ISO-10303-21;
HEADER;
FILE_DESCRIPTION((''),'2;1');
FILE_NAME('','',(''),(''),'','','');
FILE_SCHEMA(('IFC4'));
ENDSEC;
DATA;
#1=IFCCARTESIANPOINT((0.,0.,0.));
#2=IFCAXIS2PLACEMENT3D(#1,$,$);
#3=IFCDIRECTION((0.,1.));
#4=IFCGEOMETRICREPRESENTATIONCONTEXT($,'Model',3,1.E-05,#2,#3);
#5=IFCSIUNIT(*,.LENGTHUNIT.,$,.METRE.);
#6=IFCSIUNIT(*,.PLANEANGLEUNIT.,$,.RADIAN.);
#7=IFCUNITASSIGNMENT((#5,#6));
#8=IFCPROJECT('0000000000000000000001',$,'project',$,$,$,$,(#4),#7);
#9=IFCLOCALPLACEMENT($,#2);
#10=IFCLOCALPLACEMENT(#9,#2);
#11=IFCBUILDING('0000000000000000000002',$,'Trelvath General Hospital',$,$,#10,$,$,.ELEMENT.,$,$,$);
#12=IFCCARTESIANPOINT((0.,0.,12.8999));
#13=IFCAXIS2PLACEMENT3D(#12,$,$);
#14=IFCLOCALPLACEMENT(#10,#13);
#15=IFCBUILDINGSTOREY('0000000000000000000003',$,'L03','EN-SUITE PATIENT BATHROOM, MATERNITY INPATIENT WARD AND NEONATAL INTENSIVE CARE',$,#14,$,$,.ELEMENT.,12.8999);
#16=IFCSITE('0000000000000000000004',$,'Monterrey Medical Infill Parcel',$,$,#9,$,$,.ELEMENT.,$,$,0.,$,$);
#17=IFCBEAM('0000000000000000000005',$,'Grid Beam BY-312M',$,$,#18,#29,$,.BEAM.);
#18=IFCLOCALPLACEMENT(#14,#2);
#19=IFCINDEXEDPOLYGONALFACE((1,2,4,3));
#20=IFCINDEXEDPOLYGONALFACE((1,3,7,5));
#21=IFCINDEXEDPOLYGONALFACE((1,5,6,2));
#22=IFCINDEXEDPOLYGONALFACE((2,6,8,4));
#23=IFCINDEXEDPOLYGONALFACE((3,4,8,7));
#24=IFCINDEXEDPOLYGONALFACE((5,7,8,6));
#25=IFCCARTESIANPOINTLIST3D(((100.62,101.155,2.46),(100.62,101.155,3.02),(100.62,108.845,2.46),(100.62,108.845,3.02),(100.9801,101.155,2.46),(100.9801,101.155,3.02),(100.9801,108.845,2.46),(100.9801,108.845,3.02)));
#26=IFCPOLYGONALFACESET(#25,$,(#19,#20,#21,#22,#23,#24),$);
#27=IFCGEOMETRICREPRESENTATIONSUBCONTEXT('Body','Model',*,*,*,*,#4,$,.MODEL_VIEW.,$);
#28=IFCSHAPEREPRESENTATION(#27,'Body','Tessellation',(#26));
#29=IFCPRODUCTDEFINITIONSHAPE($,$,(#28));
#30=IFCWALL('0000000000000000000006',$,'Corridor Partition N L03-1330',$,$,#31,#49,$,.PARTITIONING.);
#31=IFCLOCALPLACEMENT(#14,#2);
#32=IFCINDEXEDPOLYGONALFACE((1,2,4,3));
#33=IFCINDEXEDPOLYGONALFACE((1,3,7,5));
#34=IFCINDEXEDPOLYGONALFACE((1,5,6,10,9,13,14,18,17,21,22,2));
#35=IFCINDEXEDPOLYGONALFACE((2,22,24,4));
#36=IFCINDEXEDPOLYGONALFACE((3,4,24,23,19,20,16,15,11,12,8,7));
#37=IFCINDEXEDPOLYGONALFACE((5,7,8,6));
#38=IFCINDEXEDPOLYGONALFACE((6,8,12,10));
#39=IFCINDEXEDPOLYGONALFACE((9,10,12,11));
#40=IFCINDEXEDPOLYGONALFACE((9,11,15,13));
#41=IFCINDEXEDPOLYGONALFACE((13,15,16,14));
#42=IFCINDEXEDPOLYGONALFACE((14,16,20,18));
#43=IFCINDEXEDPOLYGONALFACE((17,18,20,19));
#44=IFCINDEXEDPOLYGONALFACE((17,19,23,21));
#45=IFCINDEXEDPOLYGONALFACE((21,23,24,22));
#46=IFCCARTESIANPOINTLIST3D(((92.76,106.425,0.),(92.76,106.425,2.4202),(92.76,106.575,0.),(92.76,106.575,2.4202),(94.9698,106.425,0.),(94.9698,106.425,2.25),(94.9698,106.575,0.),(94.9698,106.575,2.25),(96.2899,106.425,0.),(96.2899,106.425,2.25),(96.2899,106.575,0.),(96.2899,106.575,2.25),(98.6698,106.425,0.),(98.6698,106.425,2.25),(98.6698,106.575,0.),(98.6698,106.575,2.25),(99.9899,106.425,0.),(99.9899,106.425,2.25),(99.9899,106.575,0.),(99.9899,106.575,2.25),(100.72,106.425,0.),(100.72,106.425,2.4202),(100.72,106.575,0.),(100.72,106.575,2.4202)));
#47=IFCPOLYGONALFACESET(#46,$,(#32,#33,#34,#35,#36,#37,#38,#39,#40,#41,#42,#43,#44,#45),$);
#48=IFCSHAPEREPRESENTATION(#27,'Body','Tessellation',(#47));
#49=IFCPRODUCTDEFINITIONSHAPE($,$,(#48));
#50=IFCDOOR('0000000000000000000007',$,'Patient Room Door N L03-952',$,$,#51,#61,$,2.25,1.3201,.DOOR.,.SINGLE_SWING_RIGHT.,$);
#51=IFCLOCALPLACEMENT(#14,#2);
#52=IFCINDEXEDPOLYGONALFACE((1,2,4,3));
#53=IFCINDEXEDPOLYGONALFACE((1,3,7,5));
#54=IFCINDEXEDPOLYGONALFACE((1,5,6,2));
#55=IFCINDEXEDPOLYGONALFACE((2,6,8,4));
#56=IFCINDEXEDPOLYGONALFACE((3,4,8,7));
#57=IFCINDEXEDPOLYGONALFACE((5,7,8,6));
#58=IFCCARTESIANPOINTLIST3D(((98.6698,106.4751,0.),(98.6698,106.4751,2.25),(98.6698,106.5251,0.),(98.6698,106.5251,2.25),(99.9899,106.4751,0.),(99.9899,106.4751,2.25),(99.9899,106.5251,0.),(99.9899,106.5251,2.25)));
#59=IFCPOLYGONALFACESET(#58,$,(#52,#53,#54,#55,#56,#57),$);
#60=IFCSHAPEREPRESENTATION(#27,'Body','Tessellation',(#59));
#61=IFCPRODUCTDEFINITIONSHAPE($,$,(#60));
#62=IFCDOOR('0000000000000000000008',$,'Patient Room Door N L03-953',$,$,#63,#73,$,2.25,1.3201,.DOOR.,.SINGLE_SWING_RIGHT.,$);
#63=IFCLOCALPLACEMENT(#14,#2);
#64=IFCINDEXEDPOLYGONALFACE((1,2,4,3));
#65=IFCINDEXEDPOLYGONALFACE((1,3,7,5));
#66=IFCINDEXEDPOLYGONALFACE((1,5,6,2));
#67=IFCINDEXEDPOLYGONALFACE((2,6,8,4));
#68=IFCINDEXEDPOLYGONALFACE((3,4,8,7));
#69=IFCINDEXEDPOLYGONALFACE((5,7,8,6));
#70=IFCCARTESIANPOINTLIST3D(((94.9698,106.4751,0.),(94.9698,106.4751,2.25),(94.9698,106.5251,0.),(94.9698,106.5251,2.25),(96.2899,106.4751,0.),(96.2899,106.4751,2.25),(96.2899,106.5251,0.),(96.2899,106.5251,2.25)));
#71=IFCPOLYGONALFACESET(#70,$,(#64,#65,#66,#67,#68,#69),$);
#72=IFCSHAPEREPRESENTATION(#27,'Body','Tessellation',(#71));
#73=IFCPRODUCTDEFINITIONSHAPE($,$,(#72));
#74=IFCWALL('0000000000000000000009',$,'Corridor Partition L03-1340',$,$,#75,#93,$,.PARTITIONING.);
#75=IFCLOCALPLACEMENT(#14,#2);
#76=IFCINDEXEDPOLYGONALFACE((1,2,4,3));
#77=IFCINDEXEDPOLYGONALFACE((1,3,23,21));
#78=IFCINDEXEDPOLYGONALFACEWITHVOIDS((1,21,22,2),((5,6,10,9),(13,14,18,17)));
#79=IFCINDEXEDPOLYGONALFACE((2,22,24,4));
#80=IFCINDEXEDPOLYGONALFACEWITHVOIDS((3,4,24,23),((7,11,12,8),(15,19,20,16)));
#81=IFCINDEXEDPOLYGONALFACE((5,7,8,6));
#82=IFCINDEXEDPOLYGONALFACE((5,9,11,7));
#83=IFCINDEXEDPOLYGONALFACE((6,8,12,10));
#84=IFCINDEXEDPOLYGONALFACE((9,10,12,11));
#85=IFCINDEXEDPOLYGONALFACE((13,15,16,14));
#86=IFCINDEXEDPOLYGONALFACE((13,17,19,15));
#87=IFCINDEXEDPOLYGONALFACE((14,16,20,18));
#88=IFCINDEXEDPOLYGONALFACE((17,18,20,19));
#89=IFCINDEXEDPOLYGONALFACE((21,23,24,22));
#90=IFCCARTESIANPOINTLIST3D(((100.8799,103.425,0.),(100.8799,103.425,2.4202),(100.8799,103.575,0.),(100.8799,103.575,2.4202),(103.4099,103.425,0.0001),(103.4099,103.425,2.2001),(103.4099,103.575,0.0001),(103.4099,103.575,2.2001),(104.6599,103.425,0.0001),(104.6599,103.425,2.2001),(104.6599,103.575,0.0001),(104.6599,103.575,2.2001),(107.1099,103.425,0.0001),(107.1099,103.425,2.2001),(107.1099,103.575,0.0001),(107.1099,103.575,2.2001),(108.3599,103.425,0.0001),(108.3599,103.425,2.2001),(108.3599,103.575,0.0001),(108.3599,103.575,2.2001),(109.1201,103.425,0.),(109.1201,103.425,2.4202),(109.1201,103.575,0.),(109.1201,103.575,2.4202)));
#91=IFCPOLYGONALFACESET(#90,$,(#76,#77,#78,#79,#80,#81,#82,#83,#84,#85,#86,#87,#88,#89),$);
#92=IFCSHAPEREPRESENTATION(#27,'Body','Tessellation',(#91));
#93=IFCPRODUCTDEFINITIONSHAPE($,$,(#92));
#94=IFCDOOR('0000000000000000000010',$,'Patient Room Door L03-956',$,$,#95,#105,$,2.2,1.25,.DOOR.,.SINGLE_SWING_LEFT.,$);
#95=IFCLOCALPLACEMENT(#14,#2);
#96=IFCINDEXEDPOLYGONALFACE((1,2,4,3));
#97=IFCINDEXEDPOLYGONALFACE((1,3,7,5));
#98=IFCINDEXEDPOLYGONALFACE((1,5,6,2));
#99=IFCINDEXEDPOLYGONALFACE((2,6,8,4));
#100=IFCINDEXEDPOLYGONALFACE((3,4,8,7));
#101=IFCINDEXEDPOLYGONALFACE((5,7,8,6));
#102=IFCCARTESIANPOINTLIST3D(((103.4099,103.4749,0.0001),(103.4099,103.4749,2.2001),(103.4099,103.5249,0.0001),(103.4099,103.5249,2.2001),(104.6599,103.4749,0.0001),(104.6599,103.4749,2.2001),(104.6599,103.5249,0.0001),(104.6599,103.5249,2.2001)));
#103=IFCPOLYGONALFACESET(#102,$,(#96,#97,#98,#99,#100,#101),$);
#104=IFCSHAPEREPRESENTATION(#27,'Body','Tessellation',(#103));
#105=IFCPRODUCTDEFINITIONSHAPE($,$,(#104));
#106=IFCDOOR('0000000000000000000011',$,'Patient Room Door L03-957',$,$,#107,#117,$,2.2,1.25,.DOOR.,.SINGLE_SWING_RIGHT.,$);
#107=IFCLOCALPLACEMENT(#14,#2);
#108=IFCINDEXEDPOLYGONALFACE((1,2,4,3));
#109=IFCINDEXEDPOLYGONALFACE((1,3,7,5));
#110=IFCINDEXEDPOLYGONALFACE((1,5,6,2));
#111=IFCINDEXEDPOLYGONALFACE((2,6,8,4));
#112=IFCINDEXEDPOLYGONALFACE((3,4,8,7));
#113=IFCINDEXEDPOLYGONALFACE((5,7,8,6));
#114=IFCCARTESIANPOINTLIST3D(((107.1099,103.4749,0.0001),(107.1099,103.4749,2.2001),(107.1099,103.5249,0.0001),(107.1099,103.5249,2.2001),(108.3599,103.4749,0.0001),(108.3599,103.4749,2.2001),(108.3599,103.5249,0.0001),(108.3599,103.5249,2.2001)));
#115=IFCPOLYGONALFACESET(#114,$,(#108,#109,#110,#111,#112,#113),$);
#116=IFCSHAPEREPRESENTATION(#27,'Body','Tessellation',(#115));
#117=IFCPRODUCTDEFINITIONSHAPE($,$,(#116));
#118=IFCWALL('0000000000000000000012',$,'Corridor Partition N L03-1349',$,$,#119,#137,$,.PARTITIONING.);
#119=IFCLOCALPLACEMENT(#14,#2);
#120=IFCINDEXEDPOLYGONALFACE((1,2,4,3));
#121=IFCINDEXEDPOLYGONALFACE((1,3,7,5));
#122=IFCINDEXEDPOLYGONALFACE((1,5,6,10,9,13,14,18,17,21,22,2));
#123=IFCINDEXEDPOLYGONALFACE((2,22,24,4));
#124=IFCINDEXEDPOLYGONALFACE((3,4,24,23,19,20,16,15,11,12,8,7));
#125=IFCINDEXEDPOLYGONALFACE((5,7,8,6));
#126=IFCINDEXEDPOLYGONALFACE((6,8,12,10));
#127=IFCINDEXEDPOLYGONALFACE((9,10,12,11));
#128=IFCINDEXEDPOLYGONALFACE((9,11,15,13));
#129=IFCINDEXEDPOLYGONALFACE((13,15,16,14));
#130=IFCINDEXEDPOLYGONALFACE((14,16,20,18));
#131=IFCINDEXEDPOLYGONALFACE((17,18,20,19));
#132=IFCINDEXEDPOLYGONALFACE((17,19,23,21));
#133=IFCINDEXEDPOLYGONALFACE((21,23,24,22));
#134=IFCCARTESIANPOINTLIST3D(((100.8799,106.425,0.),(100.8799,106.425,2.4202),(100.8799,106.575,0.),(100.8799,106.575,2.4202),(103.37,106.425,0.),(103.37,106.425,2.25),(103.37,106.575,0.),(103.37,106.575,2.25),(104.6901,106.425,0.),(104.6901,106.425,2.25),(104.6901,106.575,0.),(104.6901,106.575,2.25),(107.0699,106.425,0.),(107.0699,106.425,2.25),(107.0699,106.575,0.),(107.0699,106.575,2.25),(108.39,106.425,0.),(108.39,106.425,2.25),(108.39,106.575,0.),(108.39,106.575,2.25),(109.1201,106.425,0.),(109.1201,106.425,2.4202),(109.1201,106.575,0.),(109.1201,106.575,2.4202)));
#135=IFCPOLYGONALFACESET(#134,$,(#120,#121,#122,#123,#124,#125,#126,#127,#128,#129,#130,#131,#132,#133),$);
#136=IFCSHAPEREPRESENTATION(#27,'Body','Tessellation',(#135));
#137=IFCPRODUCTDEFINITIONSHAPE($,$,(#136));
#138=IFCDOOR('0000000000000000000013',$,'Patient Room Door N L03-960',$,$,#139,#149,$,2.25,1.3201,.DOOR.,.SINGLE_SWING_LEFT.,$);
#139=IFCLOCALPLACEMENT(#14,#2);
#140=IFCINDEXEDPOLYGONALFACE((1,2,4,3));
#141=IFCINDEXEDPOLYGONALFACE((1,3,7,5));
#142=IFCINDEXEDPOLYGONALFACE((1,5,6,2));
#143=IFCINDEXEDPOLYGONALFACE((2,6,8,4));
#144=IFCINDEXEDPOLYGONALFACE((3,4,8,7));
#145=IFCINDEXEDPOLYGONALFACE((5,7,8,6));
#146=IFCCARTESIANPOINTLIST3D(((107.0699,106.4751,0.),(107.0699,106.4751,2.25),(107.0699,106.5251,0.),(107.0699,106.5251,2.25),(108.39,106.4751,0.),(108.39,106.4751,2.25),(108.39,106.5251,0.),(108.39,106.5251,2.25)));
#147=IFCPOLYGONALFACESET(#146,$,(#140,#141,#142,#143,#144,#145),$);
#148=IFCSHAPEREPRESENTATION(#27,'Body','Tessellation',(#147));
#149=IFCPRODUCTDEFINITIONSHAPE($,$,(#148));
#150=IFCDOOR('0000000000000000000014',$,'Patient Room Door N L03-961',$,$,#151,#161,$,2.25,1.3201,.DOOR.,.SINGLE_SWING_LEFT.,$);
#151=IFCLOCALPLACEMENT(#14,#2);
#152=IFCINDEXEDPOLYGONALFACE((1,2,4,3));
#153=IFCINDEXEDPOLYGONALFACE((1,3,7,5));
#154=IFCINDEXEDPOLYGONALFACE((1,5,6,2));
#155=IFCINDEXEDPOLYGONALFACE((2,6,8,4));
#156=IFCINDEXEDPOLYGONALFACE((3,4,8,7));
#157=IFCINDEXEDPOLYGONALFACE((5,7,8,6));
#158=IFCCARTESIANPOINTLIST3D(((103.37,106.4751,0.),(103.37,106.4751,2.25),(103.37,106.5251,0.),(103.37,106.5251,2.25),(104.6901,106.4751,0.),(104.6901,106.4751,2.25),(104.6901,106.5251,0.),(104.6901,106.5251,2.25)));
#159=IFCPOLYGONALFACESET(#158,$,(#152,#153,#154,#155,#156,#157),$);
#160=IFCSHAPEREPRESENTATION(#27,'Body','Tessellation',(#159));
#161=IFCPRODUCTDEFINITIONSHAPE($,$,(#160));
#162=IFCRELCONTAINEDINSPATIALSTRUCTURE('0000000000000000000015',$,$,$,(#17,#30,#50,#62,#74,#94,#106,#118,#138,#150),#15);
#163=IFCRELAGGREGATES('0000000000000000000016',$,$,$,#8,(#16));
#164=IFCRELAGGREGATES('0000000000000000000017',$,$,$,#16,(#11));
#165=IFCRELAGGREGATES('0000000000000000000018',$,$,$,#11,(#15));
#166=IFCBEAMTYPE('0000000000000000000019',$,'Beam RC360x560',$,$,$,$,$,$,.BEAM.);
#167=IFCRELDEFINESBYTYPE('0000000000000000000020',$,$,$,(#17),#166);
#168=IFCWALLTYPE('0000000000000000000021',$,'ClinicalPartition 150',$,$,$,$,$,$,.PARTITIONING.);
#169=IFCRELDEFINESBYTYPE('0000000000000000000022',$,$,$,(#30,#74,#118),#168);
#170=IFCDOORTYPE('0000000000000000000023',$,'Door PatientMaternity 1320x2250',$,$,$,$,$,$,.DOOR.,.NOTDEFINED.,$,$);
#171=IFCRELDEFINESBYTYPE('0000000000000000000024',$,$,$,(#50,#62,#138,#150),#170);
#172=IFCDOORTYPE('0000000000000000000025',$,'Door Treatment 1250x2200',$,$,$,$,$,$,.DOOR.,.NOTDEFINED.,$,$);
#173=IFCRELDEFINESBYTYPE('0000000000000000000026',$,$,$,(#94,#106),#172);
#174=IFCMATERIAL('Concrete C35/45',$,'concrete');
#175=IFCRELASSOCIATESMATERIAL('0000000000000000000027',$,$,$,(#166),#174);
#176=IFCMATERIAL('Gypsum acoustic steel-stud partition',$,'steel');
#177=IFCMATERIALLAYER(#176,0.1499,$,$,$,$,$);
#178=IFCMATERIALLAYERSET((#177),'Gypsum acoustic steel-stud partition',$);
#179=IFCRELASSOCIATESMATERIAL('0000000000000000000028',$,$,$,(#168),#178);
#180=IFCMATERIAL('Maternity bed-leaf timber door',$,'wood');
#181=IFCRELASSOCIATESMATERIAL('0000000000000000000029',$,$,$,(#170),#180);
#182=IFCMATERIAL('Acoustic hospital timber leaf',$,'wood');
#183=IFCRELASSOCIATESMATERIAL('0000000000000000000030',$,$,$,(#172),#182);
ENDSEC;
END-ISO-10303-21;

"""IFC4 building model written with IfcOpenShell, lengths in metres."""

from ifc_helpers import new_model, si_unit, direction, frame, frame_2d, origin, origin_2d, place, context, subcontext, project, spatial, rectangle, extrude, material, layer, layer_set, material_profile, profile_set, type_object, element, fill, save


model = new_model("IFC4")

# Units and contexts
model_context = context("Model", 3, precision=1e-05, world=origin(), true_north=direction((0.0, 1.0)))
body_context = subcontext(model_context, "Body", "Model", "MODEL_VIEW")
ifc_project = project(units=[si_unit("LENGTHUNIT", "METRE"), si_unit("PLANEANGLEUNIT", "RADIAN")], contexts=[model_context])

# Site, building, storey
site_placement = place(None, origin())
site = spatial("IfcSite", under=ifc_project, at=site_placement, Name="Monterrey Medical Infill Parcel", CompositionType="ELEMENT", RefElevation=0.0)
building_placement = place(site_placement, origin())
building = spatial("IfcBuilding", under=site, at=building_placement, Name="Trelvath General Hospital", CompositionType="ELEMENT")
storey_placement = place(building_placement, frame((0.0, 0.0, 12.8999)))
storey = spatial("IfcBuildingStorey", under=building, at=storey_placement, Name="L03", Description="EN-SUITE PATIENT BATHROOM, MATERNITY INPATIENT WARD AND NEONATAL INTENSIVE CARE", CompositionType="ELEMENT", Elevation=12.8999)

# Beam
ifc_material_1 = material(Name="Concrete C35/45", Category="concrete")
ifc_material_profile = material_profile(ifc_material_1, rectangle(XDim=0.3601, YDim=0.5601, at=origin_2d()), Name="RCB360x560")
ifc_profile_set = profile_set([ifc_material_profile], Name="Concrete C35/45")
beam_type = type_object("IfcBeamType", Name="Beam RC360x560", PredefinedType="BEAM", material=ifc_profile_set)
beam_placement = place(storey_placement, frame((100.8, 101.155, 2.74), z_axis=(0.0, 1.0, 0.0), x_axis=(-1.0, 0.0, 0.0)))
element("IfcBeam", 1, at=beam_placement, inside=storey, type_object=beam_type, Name="Grid Beam BY-312M", PredefinedType="BEAM", context=body_context, shape_type="SweptSolid", body=[
    extrude(rectangle(XDim=0.3601, YDim=0.5601, at=origin_2d()), origin(), (0.0, 0.0, 1.0), 7.6899),
])

# Walls, openings, doors
ifc_material_2 = material(Name="Gypsum acoustic steel-stud partition", Category="steel")
ifc_layer_1 = layer(ifc_material_2, 0.1499)
ifc_layer_set_1 = layer_set([ifc_layer_1], Name="Gypsum acoustic steel-stud partition")
wall_type_1 = type_object("IfcWallType", Name="ClinicalPartition 150", PredefinedType="PARTITIONING", material=ifc_layer_set_1)
wall_1_placement = place(storey_placement, frame((100.72, 106.5, 0.0), z_axis=(0.0, 0.0, 1.0), x_axis=(-1.0, 0.0, 0.0)))
wall_1 = element("IfcWall", 2, at=wall_1_placement, inside=storey, type_object=wall_type_1, Name="Corridor Partition N L03-1330", PredefinedType="PARTITIONING", context=body_context, shape_type="SweptSolid", body=[
    extrude(rectangle(XDim=7.96, YDim=0.1499, at=frame_2d((3.98, 0.0))), origin(), (0.0, 0.0, 1.0), 2.4202),
])
opening_1_placement = place(wall_1_placement, frame((0.73, 0.0, 0.0)))
opening_1 = element("IfcOpeningElement", 3, at=opening_1_placement, cuts=wall_1, PredefinedType="OPENING", context=body_context, shape_type="SweptSolid", body=[
    extrude(rectangle(XDim=1.3201, YDim=2.25, at=frame_2d((0.6602, 1.125))), frame((0.0, 0.085, 0.0), z_axis=(0.0, -1.0, 0.0), x_axis=(1.0, 0.0, 0.0)), (0.0, 0.0, 1.0), 0.1699),
])
opening_2_placement = place(wall_1_placement, frame((4.4299, 0.0, 0.0)))
opening_2 = element("IfcOpeningElement", 4, at=opening_2_placement, cuts=wall_1, PredefinedType="OPENING", context=body_context, shape_type="SweptSolid", body=[
    extrude(rectangle(XDim=1.3201, YDim=2.25, at=frame_2d((0.6602, 1.125))), frame((0.0, 0.085, 0.0), z_axis=(0.0, -1.0, 0.0), x_axis=(1.0, 0.0, 0.0)), (0.0, 0.0, 1.0), 0.1699),
])
ifc_material_3 = material(Name="Maternity bed-leaf timber door", Category="wood")
door_type_1 = type_object("IfcDoorType", Name="Door PatientMaternity 1320x2250", OperationType="NOTDEFINED", PredefinedType="DOOR", material=ifc_material_3)
door_1_placement = place(opening_1_placement, origin())
door_1 = element("IfcDoor", 5, at=door_1_placement, inside=storey, type_object=door_type_1, Name="Patient Room Door N L03-952", OperationType="SINGLE_SWING_RIGHT", OverallHeight=2.25, OverallWidth=1.3201, PredefinedType="DOOR", context=body_context, shape_type="SweptSolid", body=[
    extrude(rectangle(XDim=1.3201, YDim=2.25, at=frame_2d((0.6602, 1.125))), frame((0.0, 0.0249, 0.0), z_axis=(0.0, -1.0, 0.0), x_axis=(1.0, 0.0, 0.0)), (0.0, 0.0, 1.0), 0.05),
])
fill(opening_1, door_1)
door_2_placement = place(opening_2_placement, origin())
door_2 = element("IfcDoor", 6, at=door_2_placement, inside=storey, type_object=door_type_1, Name="Patient Room Door N L03-953", OperationType="SINGLE_SWING_RIGHT", OverallHeight=2.25, OverallWidth=1.3201, PredefinedType="DOOR", context=body_context, shape_type="SweptSolid", body=[
    extrude(rectangle(XDim=1.3201, YDim=2.25, at=frame_2d((0.6602, 1.125))), frame((0.0, 0.0249, 0.0), z_axis=(0.0, -1.0, 0.0), x_axis=(1.0, 0.0, 0.0)), (0.0, 0.0, 1.0), 0.05),
])
fill(opening_2, door_2)
wall_2_placement = place(storey_placement, frame((100.8799, 103.5, 0.0), z_axis=(0.0, 0.0, 1.0), x_axis=(1.0, 0.0, 0.0)))
wall_2 = element("IfcWall", 7, at=wall_2_placement, inside=storey, type_object=wall_type_1, Name="Corridor Partition L03-1340", PredefinedType="PARTITIONING", context=body_context, shape_type="SweptSolid", body=[
    extrude(rectangle(XDim=8.2402, YDim=0.1499, at=frame_2d((4.1201, 0.0))), origin(), (0.0, 0.0, 1.0), 2.4202),
])
opening_3_placement = place(wall_2_placement, frame((2.53, 0.0, 0.0)))
opening_3 = element("IfcOpeningElement", 8, at=opening_3_placement, cuts=wall_2, PredefinedType="OPENING", context=body_context, shape_type="SweptSolid", body=[
    extrude(rectangle(XDim=1.25, YDim=2.2, at=frame_2d((0.625, 1.1001))), frame((0.0, 0.085, 0.0), z_axis=(0.0, -1.0, 0.0), x_axis=(1.0, 0.0, 0.0)), (0.0, 0.0, 1.0), 0.1699),
])
opening_4_placement = place(wall_2_placement, frame((6.23, 0.0, 0.0)))
opening_4 = element("IfcOpeningElement", 9, at=opening_4_placement, cuts=wall_2, PredefinedType="OPENING", context=body_context, shape_type="SweptSolid", body=[
    extrude(rectangle(XDim=1.25, YDim=2.2, at=frame_2d((0.625, 1.1001))), frame((0.0, 0.085, 0.0), z_axis=(0.0, -1.0, 0.0), x_axis=(1.0, 0.0, 0.0)), (0.0, 0.0, 1.0), 0.1699),
])
ifc_material_4 = material(Name="Acoustic hospital timber leaf", Category="wood")
door_type_2 = type_object("IfcDoorType", Name="Door Treatment 1250x2200", OperationType="NOTDEFINED", PredefinedType="DOOR", material=ifc_material_4)
door_3_placement = place(opening_3_placement, origin())
door_3 = element("IfcDoor", 10, at=door_3_placement, inside=storey, type_object=door_type_2, Name="Patient Room Door L03-956", OperationType="SINGLE_SWING_LEFT", OverallHeight=2.2, OverallWidth=1.25, PredefinedType="DOOR", context=body_context, shape_type="SweptSolid", body=[
    extrude(rectangle(XDim=1.25, YDim=2.2, at=frame_2d((0.625, 1.1001))), frame((0.0, 0.0249, 0.0), z_axis=(0.0, -1.0, 0.0), x_axis=(1.0, 0.0, 0.0)), (0.0, 0.0, 1.0), 0.05),
])
fill(opening_3, door_3)
door_4_placement = place(opening_4_placement, origin())
door_4 = element("IfcDoor", 11, at=door_4_placement, inside=storey, type_object=door_type_2, Name="Patient Room Door L03-957", OperationType="SINGLE_SWING_RIGHT", OverallHeight=2.2, OverallWidth=1.25, PredefinedType="DOOR", context=body_context, shape_type="SweptSolid", body=[
    extrude(rectangle(XDim=1.25, YDim=2.2, at=frame_2d((0.625, 1.1001))), frame((0.0, 0.0249, 0.0), z_axis=(0.0, -1.0, 0.0), x_axis=(1.0, 0.0, 0.0)), (0.0, 0.0, 1.0), 0.05),
])
fill(opening_4, door_4)
wall_3_placement = place(storey_placement, frame((109.1201, 106.5, 0.0), z_axis=(0.0, 0.0, 1.0), x_axis=(-1.0, 0.0, 0.0)))
wall_3 = element("IfcWall", 12, at=wall_3_placement, inside=storey, type_object=wall_type_1, Name="Corridor Partition N L03-1349", PredefinedType="PARTITIONING", context=body_context, shape_type="SweptSolid", body=[
    extrude(rectangle(XDim=8.2402, YDim=0.1499, at=frame_2d((4.1201, 0.0))), origin(), (0.0, 0.0, 1.0), 2.4202),
])
opening_5_placement = place(wall_3_placement, frame((0.73, 0.0, 0.0)))
opening_5 = element("IfcOpeningElement", 13, at=opening_5_placement, cuts=wall_3, PredefinedType="OPENING", context=body_context, shape_type="SweptSolid", body=[
    extrude(rectangle(XDim=1.3201, YDim=2.25, at=frame_2d((0.6602, 1.125))), frame((0.0, 0.085, 0.0), z_axis=(0.0, -1.0, 0.0), x_axis=(1.0, 0.0, 0.0)), (0.0, 0.0, 1.0), 0.1699),
])
opening_6_placement = place(wall_3_placement, frame((4.4299, 0.0, 0.0)))
opening_6 = element("IfcOpeningElement", 14, at=opening_6_placement, cuts=wall_3, PredefinedType="OPENING", context=body_context, shape_type="SweptSolid", body=[
    extrude(rectangle(XDim=1.3201, YDim=2.25, at=frame_2d((0.6602, 1.125))), frame((0.0, 0.085, 0.0), z_axis=(0.0, -1.0, 0.0), x_axis=(1.0, 0.0, 0.0)), (0.0, 0.0, 1.0), 0.1699),
])
door_5_placement = place(opening_5_placement, origin())
door_5 = element("IfcDoor", 15, at=door_5_placement, inside=storey, type_object=door_type_1, Name="Patient Room Door N L03-960", OperationType="SINGLE_SWING_LEFT", OverallHeight=2.25, OverallWidth=1.3201, PredefinedType="DOOR", context=body_context, shape_type="SweptSolid", body=[
    extrude(rectangle(XDim=1.3201, YDim=2.25, at=frame_2d((0.6602, 1.125))), frame((0.0, 0.0249, 0.0), z_axis=(0.0, -1.0, 0.0), x_axis=(1.0, 0.0, 0.0)), (0.0, 0.0, 1.0), 0.05),
])
fill(opening_5, door_5)
door_6_placement = place(opening_6_placement, origin())
door_6 = element("IfcDoor", 16, at=door_6_placement, inside=storey, type_object=door_type_1, Name="Patient Room Door N L03-961", OperationType="SINGLE_SWING_LEFT", OverallHeight=2.25, OverallWidth=1.3201, PredefinedType="DOOR", context=body_context, shape_type="SweptSolid", body=[
    extrude(rectangle(XDim=1.3201, YDim=2.25, at=frame_2d((0.6602, 1.125))), frame((0.0, 0.0249, 0.0), z_axis=(0.0, -1.0, 0.0), x_axis=(1.0, 0.0, 0.0)), (0.0, 0.0, 1.0), 0.05),
])
fill(opening_6, door_6)

save(model, "model.ifc")
